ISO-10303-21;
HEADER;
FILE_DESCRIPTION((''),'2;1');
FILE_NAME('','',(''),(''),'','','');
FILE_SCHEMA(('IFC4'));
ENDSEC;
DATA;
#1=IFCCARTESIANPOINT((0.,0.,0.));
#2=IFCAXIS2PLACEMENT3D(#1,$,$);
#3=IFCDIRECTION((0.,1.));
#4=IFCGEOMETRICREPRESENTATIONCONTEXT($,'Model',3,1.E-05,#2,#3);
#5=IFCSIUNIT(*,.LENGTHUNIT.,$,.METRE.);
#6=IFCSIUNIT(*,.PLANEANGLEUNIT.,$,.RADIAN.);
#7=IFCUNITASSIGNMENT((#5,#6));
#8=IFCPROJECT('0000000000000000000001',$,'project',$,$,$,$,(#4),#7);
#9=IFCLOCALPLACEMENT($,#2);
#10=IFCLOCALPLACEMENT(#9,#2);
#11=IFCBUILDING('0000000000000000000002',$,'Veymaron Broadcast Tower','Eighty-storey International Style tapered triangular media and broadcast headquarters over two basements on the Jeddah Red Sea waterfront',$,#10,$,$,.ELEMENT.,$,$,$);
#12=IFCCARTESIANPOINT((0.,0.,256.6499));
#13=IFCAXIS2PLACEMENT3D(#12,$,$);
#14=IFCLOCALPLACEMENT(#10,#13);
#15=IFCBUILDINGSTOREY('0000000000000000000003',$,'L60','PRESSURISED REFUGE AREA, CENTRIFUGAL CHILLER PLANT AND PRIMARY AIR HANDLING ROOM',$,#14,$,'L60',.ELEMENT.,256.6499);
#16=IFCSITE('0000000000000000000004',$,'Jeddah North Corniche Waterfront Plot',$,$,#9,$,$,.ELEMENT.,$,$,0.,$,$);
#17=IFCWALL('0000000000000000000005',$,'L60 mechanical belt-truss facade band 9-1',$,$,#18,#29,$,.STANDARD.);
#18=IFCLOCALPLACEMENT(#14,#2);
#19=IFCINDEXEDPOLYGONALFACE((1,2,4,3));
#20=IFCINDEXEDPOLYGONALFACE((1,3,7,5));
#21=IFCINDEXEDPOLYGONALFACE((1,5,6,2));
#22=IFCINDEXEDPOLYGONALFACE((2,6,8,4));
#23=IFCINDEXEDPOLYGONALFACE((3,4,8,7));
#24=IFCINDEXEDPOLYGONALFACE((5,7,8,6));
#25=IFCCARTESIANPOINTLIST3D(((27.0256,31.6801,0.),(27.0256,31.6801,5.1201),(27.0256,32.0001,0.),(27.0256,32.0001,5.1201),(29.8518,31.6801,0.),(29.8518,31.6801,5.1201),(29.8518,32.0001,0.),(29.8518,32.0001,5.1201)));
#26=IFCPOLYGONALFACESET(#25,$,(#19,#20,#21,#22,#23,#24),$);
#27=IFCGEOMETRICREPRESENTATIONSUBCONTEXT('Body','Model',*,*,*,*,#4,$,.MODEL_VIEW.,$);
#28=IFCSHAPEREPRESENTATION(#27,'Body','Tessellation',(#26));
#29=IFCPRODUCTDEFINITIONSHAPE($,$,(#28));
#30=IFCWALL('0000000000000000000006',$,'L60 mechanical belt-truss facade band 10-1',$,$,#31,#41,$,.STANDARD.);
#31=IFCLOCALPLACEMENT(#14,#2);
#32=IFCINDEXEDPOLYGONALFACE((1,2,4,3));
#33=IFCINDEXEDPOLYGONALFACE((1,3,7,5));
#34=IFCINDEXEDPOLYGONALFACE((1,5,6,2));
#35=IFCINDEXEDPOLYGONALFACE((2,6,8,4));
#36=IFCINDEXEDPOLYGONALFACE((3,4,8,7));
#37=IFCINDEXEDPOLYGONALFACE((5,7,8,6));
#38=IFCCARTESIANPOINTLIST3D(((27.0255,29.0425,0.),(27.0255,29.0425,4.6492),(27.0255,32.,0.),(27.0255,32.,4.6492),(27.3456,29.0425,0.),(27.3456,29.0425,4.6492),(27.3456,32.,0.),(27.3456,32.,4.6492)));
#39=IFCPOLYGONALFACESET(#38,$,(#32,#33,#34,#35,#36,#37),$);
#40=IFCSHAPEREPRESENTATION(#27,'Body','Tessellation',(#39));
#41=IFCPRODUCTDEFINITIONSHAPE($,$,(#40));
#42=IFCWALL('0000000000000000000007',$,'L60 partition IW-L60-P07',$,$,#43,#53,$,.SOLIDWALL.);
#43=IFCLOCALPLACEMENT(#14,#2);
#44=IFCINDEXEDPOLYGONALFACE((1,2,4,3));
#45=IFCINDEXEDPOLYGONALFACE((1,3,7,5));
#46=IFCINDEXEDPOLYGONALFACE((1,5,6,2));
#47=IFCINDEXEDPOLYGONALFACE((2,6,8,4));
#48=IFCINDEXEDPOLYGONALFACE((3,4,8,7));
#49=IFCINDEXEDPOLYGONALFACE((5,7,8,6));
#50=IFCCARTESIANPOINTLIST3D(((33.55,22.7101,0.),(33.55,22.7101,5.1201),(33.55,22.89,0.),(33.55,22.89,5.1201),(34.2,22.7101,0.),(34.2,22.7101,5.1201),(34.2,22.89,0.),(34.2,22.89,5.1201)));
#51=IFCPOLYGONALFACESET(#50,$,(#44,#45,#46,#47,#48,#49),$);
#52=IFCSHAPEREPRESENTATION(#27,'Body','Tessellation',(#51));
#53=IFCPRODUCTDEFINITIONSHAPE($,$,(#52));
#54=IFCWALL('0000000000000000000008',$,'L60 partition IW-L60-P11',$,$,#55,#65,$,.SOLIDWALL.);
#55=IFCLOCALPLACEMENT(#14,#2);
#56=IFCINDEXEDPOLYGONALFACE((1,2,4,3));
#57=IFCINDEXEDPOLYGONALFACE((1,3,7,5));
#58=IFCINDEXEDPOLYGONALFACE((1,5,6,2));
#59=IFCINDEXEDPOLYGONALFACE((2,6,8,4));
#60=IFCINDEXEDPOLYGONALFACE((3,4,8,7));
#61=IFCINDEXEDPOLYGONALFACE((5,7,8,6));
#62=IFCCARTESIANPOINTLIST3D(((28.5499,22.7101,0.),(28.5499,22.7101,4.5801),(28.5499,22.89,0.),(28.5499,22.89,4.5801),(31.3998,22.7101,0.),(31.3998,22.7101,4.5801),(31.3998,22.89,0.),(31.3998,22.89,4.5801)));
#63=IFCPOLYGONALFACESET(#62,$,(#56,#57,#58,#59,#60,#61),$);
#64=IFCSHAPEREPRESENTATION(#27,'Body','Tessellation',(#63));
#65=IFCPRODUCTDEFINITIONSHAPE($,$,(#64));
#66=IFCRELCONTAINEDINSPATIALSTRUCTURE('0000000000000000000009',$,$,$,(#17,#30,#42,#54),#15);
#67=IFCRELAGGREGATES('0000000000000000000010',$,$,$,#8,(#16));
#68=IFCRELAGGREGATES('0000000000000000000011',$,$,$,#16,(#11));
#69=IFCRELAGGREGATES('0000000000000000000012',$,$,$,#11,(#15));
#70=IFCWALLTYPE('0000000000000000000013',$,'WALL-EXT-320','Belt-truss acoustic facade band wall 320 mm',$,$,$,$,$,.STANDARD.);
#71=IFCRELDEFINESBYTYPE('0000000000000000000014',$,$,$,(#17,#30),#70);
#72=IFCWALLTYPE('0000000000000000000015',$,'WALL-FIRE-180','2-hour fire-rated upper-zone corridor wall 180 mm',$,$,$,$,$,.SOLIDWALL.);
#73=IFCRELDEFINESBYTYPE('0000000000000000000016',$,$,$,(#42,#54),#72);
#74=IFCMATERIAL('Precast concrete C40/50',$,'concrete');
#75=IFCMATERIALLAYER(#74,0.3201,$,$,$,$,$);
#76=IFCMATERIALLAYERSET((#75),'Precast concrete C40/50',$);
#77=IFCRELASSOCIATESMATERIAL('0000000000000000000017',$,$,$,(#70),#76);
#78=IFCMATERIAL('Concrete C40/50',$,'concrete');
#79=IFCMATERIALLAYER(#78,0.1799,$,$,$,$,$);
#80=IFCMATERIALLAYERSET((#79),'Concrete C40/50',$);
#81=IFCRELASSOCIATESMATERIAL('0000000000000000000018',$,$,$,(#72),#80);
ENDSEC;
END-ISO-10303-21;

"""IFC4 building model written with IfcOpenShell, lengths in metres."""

from ifc_helpers import new_model, si_unit, direction, frame, frame_2d, origin, place, context, subcontext, project, spatial, rectangle, extrude, material, layer, layer_set, type_object, element, save


model = new_model("IFC4")

# Units and contexts
model_context = context("Model", 3, precision=1e-05, world=origin(), true_north=direction((0.0, 1.0)))
body_context = subcontext(model_context, "Body", "Model", "MODEL_VIEW")
ifc_project = project(units=[si_unit("LENGTHUNIT", "METRE"), si_unit("PLANEANGLEUNIT", "RADIAN")], contexts=[model_context])

# Site, building, storey
site_placement = place(None, origin())
site = spatial("IfcSite", under=ifc_project, at=site_placement, Name="Jeddah North Corniche Waterfront Plot", CompositionType="ELEMENT", RefElevation=0.0)
building_placement = place(site_placement, origin())
building = spatial("IfcBuilding", under=site, at=building_placement, Name="Veymaron Broadcast Tower", Description="Eighty-storey International Style tapered triangular media and broadcast headquarters over two basements on the Jeddah Red Sea waterfront", CompositionType="ELEMENT")
storey_placement = place(building_placement, frame((0.0, 0.0, 256.6499)))
storey = spatial("IfcBuildingStorey", under=building, at=storey_placement, Name="L60", Description="PRESSURISED REFUGE AREA, CENTRIFUGAL CHILLER PLANT AND PRIMARY AIR HANDLING ROOM", LongName="L60", CompositionType="ELEMENT", Elevation=256.6499)

# Walls
ifc_material_1 = material(Name="Precast concrete C40/50", Category="concrete")
ifc_layer_1 = layer(ifc_material_1, 0.3201)
ifc_layer_set_1 = layer_set([ifc_layer_1], Name="Precast concrete C40/50")
wall_type_1 = type_object("IfcWallType", Name="WALL-EXT-320", Description="Belt-truss acoustic facade band wall 320 mm", PredefinedType="STANDARD", material=ifc_layer_set_1)
wall_1_placement = place(storey_placement, frame((29.8518, 31.8401, 0.0), z_axis=(0.0, 0.0, 1.0), x_axis=(-1.0, 0.0, 0.0)))
element("IfcWall", 1, at=wall_1_placement, inside=storey, type_object=wall_type_1, Name="L60 mechanical belt-truss facade band 9-1", PredefinedType="STANDARD", context=body_context, shape_type="SweptSolid", body=[
    extrude(rectangle(XDim=2.8262, YDim=0.3201, at=frame_2d((1.4131, 0.0))), origin(), (0.0, 0.0, 1.0), 5.1201),
])
wall_2_placement = place(storey_placement, frame((27.1855, 32.0, 0.0), z_axis=(0.0, 0.0, 1.0), x_axis=(0.0, -1.0, 0.0)))
element("IfcWall", 2, at=wall_2_placement, inside=storey, type_object=wall_type_1, Name="L60 mechanical belt-truss facade band 10-1", PredefinedType="STANDARD", context=body_context, shape_type="SweptSolid", body=[
    extrude(rectangle(XDim=2.9575, YDim=0.3201, at=frame_2d((1.4788, 0.0))), origin(), (0.0, 0.0, 1.0), 4.6492),
])
ifc_material_2 = material(Name="Concrete C40/50", Category="concrete")
ifc_layer_2 = layer(ifc_material_2, 0.1799)
ifc_layer_set_2 = layer_set([ifc_layer_2], Name="Concrete C40/50")
wall_type_2 = type_object("IfcWallType", Name="WALL-FIRE-180", Description="2-hour fire-rated upper-zone corridor wall 180 mm", PredefinedType="SOLIDWALL", material=ifc_layer_set_2)
wall_3_placement = place(storey_placement, frame((33.55, 22.8, 0.0), z_axis=(0.0, 0.0, 1.0), x_axis=(1.0, 0.0, 0.0)))
element("IfcWall", 3, at=wall_3_placement, inside=storey, type_object=wall_type_2, Name="L60 partition IW-L60-P07", PredefinedType="SOLIDWALL", context=body_context, shape_type="SweptSolid", body=[
    extrude(rectangle(XDim=0.6499, YDim=0.1799, at=frame_2d((0.325, 0.0))), origin(), (0.0, 0.0, 1.0), 5.1201),
])
wall_4_placement = place(storey_placement, frame((28.55, 22.8, 0.0), z_axis=(0.0, 0.0, 1.0), x_axis=(1.0, 0.0, 0.0)))
element("IfcWall", 4, at=wall_4_placement, inside=storey, type_object=wall_type_2, Name="L60 partition IW-L60-P11", PredefinedType="SOLIDWALL", context=body_context, shape_type="SweptSolid", body=[
    extrude(rectangle(XDim=2.8499, YDim=0.1799, at=frame_2d((1.4248, 0.0))), origin(), (0.0, 0.0, 1.0), 4.5801),
])

save(model, "model.ifc")
